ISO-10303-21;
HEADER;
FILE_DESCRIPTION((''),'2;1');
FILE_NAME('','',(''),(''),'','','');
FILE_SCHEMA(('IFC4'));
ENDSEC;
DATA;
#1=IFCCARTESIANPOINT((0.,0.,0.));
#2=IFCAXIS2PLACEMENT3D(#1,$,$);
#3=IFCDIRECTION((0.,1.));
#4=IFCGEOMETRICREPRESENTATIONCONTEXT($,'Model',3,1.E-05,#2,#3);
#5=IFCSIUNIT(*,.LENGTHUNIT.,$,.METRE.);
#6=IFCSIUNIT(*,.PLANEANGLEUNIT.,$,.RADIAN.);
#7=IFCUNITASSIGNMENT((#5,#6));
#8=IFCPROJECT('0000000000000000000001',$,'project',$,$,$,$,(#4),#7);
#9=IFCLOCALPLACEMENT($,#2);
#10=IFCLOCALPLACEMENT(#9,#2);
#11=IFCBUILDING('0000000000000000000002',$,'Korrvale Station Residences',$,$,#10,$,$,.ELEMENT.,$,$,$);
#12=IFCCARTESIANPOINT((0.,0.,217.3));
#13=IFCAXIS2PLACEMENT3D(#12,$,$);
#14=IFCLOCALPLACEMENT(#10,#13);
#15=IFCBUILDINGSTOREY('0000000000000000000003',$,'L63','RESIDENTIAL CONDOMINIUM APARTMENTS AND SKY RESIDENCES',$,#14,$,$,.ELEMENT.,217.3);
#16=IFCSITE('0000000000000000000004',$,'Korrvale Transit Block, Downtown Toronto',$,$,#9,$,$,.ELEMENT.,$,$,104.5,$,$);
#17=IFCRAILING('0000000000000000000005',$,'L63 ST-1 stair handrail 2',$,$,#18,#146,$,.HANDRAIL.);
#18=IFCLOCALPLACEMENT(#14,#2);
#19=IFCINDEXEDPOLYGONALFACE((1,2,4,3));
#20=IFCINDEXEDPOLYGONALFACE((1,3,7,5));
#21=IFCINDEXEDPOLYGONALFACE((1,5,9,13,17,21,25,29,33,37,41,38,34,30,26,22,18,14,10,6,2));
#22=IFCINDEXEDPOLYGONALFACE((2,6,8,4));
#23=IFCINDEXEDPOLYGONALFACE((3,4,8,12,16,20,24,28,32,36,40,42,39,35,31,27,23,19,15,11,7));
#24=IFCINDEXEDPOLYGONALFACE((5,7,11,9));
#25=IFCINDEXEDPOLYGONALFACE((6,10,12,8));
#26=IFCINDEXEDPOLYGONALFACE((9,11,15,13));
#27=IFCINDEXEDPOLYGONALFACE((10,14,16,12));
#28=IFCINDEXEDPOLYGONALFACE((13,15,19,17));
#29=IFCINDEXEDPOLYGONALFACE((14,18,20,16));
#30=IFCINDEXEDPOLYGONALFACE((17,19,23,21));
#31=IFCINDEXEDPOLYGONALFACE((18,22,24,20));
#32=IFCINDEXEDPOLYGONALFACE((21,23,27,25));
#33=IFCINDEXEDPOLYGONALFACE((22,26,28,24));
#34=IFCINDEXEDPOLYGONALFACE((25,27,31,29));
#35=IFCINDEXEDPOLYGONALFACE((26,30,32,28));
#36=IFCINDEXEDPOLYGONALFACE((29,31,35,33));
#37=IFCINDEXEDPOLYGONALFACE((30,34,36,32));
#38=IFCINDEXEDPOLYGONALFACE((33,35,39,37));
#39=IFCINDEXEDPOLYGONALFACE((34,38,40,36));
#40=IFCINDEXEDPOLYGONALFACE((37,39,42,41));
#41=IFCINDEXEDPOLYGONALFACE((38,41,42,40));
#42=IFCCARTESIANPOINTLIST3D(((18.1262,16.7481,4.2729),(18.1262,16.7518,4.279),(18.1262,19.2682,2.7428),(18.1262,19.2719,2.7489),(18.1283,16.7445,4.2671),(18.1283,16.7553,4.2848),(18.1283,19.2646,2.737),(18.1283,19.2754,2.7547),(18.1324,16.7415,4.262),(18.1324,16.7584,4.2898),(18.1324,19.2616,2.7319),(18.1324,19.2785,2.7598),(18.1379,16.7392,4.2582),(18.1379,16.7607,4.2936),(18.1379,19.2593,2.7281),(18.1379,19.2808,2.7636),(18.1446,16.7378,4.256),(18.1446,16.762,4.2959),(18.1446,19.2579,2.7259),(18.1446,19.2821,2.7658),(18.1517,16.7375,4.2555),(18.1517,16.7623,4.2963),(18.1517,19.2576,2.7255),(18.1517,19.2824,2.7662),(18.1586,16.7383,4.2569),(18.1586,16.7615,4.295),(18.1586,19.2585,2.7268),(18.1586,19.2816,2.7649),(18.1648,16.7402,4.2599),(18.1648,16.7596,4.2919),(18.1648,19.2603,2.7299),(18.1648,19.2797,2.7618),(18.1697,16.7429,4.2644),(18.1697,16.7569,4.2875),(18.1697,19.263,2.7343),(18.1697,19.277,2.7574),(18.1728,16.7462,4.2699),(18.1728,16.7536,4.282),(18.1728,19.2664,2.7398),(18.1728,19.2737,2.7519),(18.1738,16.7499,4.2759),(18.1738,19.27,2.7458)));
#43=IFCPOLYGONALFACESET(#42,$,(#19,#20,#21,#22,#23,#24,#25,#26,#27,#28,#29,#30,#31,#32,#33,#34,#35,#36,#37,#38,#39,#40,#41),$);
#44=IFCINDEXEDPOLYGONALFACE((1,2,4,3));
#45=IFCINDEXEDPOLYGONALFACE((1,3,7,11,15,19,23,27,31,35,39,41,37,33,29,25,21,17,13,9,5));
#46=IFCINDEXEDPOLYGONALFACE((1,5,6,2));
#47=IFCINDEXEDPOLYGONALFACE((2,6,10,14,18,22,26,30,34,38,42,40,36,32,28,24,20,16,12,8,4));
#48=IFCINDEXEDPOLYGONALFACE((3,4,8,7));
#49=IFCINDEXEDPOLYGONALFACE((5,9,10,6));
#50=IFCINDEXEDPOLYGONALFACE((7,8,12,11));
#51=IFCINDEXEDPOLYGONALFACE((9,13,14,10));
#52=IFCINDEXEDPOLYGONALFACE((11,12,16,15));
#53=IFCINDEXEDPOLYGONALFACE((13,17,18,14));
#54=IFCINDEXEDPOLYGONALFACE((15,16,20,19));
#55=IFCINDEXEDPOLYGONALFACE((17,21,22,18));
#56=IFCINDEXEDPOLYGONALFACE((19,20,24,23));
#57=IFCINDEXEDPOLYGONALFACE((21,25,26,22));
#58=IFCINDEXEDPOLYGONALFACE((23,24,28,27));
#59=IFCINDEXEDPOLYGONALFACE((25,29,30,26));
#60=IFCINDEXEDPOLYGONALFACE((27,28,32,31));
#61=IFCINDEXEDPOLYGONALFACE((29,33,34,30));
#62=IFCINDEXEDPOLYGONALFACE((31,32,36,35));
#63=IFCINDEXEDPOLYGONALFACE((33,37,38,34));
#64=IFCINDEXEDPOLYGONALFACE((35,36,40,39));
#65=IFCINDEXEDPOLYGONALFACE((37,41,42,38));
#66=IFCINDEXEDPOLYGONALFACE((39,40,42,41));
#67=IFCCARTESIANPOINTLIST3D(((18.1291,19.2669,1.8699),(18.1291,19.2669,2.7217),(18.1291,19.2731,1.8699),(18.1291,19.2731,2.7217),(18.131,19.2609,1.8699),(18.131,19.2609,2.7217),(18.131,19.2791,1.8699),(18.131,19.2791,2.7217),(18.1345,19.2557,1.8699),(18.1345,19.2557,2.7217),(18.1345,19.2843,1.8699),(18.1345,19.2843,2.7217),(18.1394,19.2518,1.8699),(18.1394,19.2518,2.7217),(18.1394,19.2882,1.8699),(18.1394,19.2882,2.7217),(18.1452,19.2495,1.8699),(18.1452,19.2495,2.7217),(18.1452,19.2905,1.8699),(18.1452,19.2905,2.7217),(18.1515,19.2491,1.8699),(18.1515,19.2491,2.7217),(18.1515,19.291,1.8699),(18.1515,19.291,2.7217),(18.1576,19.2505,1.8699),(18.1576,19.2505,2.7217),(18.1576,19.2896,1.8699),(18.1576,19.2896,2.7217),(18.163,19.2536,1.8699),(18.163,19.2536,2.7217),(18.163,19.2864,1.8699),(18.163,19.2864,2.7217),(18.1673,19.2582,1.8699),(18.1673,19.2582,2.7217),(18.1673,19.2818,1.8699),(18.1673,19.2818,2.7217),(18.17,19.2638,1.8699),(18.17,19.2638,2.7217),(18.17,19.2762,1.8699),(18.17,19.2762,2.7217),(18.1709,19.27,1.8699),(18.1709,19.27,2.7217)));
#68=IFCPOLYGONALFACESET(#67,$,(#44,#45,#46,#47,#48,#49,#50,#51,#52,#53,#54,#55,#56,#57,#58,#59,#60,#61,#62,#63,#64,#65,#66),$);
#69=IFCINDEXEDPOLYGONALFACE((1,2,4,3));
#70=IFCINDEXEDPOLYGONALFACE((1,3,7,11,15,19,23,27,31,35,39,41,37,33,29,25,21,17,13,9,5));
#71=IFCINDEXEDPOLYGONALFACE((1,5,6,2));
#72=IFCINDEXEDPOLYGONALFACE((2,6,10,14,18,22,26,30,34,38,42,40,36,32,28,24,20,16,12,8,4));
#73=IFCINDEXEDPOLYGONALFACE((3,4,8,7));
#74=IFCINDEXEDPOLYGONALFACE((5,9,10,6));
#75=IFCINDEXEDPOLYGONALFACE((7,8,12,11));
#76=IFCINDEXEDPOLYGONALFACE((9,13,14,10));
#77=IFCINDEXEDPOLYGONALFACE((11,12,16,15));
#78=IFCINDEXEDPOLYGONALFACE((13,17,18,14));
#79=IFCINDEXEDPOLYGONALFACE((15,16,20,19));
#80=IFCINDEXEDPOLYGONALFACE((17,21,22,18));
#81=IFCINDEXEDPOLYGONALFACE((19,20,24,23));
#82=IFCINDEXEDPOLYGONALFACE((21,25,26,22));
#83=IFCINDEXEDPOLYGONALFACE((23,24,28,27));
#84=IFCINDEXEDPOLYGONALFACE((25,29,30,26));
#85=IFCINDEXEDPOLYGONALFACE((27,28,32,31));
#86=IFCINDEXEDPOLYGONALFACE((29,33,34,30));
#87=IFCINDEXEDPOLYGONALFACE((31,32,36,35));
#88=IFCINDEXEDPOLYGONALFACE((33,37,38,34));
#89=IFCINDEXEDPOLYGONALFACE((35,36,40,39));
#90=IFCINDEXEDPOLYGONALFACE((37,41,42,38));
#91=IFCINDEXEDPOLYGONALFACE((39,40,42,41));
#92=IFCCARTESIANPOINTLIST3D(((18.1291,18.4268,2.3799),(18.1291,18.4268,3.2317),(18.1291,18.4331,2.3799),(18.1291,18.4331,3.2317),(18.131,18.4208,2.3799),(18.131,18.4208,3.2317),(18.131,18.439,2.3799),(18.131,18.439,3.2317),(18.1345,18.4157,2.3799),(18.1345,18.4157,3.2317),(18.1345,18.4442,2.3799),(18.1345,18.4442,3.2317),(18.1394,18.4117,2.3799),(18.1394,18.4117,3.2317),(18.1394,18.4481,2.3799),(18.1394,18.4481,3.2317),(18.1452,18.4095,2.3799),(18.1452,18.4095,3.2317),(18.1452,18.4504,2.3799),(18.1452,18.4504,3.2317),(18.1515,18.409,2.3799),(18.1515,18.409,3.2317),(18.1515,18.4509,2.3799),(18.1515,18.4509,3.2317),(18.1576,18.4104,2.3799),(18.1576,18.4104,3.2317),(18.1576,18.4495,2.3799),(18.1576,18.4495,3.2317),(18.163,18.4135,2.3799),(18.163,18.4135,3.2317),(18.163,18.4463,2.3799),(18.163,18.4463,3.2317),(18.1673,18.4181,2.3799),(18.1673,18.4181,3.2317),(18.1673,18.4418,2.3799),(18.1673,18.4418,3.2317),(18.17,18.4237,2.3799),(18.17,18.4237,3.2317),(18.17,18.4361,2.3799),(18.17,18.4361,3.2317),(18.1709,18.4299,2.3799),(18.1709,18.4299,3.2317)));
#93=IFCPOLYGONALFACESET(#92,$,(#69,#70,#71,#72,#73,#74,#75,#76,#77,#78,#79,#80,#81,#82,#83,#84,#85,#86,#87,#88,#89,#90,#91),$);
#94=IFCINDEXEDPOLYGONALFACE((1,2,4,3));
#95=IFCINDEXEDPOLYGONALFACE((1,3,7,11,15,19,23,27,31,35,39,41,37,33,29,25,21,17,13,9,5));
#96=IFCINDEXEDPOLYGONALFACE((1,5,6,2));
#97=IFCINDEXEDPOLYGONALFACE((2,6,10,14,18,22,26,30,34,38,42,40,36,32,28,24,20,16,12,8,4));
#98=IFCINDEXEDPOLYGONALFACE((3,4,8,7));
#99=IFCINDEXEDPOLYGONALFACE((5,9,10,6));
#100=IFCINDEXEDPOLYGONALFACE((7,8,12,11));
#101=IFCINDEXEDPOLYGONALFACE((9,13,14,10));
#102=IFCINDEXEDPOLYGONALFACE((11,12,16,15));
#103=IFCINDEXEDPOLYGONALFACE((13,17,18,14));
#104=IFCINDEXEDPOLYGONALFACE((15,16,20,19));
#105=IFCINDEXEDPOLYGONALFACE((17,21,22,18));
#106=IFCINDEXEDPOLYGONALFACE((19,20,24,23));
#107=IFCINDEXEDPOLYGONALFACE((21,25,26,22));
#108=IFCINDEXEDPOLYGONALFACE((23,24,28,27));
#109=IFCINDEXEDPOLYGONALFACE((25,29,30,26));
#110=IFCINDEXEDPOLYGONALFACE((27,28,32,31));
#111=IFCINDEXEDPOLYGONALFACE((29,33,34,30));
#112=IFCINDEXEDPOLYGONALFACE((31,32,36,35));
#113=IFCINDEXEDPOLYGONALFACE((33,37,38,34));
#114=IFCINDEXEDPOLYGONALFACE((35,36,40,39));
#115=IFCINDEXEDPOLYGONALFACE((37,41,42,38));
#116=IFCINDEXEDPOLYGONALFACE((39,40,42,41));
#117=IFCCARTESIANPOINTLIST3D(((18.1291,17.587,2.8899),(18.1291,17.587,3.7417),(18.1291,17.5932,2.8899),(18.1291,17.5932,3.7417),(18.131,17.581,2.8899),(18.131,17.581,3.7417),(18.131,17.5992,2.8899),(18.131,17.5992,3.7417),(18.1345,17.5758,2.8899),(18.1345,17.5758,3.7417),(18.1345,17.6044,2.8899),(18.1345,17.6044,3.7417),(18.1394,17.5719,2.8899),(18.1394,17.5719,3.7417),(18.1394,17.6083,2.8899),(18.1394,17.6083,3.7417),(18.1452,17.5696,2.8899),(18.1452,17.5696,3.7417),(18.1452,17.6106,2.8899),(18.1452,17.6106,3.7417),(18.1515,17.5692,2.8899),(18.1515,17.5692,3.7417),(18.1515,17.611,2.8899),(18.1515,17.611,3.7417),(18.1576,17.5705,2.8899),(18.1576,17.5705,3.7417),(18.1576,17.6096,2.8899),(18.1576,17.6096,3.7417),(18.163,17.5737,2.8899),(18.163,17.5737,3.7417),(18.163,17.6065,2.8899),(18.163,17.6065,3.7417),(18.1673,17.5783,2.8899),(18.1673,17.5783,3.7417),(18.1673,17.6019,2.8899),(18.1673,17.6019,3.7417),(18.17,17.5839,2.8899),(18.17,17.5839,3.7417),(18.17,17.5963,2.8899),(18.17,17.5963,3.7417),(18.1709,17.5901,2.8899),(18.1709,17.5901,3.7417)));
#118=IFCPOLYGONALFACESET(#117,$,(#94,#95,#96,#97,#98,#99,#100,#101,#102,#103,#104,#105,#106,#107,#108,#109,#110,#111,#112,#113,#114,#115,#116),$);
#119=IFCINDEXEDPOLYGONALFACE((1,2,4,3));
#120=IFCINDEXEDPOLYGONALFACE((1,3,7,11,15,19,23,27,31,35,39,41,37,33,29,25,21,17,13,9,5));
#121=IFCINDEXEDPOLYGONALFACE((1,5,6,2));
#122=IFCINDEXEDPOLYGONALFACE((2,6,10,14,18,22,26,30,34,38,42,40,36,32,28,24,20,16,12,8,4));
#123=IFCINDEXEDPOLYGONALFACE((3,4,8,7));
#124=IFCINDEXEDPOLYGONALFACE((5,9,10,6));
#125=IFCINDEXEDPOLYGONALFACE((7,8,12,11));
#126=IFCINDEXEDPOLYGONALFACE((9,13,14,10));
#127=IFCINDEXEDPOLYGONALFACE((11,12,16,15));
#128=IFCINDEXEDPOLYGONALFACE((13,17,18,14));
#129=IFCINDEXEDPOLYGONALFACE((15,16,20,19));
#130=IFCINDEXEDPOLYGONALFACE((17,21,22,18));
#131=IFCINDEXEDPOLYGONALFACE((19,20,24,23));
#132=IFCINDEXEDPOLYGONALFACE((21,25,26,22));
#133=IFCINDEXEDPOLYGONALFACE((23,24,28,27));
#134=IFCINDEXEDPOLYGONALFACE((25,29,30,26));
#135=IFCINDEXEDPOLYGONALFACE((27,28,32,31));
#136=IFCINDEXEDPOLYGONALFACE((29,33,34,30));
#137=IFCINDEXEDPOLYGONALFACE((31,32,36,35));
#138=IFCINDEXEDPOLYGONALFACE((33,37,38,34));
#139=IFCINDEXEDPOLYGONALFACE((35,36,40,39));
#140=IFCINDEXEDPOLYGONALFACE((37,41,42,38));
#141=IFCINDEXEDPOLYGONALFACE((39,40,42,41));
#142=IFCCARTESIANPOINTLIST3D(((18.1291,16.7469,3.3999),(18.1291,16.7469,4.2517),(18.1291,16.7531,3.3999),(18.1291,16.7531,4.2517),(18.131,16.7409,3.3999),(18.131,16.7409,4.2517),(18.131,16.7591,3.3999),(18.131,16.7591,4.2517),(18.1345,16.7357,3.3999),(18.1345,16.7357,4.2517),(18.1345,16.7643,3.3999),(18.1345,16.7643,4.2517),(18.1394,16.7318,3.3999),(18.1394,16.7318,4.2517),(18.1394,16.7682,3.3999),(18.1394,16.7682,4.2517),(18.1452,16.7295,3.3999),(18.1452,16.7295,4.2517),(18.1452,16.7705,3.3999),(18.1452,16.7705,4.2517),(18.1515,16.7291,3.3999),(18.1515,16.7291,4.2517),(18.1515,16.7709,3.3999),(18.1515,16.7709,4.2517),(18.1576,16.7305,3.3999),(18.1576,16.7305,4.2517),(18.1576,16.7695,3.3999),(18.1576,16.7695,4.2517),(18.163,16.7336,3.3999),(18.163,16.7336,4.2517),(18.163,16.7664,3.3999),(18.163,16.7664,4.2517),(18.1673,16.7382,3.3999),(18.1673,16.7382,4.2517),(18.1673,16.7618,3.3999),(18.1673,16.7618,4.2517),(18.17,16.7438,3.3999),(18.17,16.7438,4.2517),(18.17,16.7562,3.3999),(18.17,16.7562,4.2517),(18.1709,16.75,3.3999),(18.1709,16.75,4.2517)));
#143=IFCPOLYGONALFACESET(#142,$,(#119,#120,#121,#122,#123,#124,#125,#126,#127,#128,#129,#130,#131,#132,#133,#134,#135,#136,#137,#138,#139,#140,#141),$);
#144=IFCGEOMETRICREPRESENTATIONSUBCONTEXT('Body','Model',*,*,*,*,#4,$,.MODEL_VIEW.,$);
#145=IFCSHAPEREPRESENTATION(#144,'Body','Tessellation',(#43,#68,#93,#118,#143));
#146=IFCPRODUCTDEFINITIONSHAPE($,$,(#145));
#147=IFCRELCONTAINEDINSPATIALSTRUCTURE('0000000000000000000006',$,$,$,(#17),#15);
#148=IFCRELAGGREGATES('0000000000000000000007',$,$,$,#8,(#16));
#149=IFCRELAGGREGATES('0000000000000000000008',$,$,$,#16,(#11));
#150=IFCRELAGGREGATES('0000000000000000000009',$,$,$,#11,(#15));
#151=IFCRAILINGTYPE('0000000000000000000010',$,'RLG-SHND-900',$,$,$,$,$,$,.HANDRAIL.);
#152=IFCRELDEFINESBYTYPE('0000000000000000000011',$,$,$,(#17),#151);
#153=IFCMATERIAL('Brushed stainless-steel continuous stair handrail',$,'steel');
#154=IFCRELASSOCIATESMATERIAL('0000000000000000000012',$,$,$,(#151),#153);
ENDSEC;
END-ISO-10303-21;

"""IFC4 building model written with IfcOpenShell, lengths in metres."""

from ifc_helpers import new_model, si_unit, direction, frame, origin, origin_2d, place, context, subcontext, project, spatial, circle, extrude, material, type_object, element, save


model = new_model("IFC4")

# Units and contexts
model_context = context("Model", 3, precision=1e-05, world=origin(), true_north=direction((0.0, 1.0)))
body_context = subcontext(model_context, "Body", "Model", "MODEL_VIEW")
ifc_project = project(units=[si_unit("LENGTHUNIT", "METRE"), si_unit("PLANEANGLEUNIT", "RADIAN")], contexts=[model_context])

# Site, building, storey
site_placement = place(None, origin())
site = spatial("IfcSite", under=ifc_project, at=site_placement, Name="Korrvale Transit Block, Downtown Toronto", CompositionType="ELEMENT", RefElevation=104.5)
building_placement = place(site_placement, origin())
building = spatial("IfcBuilding", under=site, at=building_placement, Name="Korrvale Station Residences", CompositionType="ELEMENT")
storey_placement = place(building_placement, frame((0.0, 0.0, 217.3)))
storey = spatial("IfcBuildingStorey", under=building, at=storey_placement, Name="L63", Description="RESIDENTIAL CONDOMINIUM APARTMENTS AND SKY RESIDENCES", CompositionType="ELEMENT", Elevation=217.3)

# Railing
ifc_material_1 = material(Name="Brushed stainless-steel continuous stair handrail", Category="steel")
railing_type_1 = type_object("IfcRailingType", Name="RLG-SHND-900", PredefinedType="HANDRAIL", material=ifc_material_1)
railing_1_placement = place(storey_placement, frame((18.1499, 19.27, 1.8699)))
element("IfcRailing", 1, at=railing_1_placement, inside=storey, type_object=railing_type_1, Name="L63 ST-1 stair handrail 2", PredefinedType="HANDRAIL", context=body_context, shape_type="SweptSolid", body=[
    extrude(circle(Radius=0.0239, at=origin_2d()), frame((0.0, 0.0, 0.876), z_axis=(0.0, -0.854785, 0.518982), x_axis=(1.0, 0.0, 0.0)), (0.0, 0.0, 1.0), 2.9482),
    extrude(circle(Radius=0.021, at=origin_2d()), origin(), (0.0, 0.0, 1.0), 0.8518),
    extrude(circle(Radius=0.021, at=origin_2d()), frame((0.0, -0.8401, 0.51)), (0.0, 0.0, 1.0), 0.8518),
    extrude(circle(Radius=0.021, at=origin_2d()), frame((0.0, -1.6799, 1.02)), (0.0, 0.0, 1.0), 0.8518),
    extrude(circle(Radius=0.021, at=origin_2d()), frame((0.0, -2.52, 1.53)), (0.0, 0.0, 1.0), 0.8518),
])

save(model, "model.ifc")
